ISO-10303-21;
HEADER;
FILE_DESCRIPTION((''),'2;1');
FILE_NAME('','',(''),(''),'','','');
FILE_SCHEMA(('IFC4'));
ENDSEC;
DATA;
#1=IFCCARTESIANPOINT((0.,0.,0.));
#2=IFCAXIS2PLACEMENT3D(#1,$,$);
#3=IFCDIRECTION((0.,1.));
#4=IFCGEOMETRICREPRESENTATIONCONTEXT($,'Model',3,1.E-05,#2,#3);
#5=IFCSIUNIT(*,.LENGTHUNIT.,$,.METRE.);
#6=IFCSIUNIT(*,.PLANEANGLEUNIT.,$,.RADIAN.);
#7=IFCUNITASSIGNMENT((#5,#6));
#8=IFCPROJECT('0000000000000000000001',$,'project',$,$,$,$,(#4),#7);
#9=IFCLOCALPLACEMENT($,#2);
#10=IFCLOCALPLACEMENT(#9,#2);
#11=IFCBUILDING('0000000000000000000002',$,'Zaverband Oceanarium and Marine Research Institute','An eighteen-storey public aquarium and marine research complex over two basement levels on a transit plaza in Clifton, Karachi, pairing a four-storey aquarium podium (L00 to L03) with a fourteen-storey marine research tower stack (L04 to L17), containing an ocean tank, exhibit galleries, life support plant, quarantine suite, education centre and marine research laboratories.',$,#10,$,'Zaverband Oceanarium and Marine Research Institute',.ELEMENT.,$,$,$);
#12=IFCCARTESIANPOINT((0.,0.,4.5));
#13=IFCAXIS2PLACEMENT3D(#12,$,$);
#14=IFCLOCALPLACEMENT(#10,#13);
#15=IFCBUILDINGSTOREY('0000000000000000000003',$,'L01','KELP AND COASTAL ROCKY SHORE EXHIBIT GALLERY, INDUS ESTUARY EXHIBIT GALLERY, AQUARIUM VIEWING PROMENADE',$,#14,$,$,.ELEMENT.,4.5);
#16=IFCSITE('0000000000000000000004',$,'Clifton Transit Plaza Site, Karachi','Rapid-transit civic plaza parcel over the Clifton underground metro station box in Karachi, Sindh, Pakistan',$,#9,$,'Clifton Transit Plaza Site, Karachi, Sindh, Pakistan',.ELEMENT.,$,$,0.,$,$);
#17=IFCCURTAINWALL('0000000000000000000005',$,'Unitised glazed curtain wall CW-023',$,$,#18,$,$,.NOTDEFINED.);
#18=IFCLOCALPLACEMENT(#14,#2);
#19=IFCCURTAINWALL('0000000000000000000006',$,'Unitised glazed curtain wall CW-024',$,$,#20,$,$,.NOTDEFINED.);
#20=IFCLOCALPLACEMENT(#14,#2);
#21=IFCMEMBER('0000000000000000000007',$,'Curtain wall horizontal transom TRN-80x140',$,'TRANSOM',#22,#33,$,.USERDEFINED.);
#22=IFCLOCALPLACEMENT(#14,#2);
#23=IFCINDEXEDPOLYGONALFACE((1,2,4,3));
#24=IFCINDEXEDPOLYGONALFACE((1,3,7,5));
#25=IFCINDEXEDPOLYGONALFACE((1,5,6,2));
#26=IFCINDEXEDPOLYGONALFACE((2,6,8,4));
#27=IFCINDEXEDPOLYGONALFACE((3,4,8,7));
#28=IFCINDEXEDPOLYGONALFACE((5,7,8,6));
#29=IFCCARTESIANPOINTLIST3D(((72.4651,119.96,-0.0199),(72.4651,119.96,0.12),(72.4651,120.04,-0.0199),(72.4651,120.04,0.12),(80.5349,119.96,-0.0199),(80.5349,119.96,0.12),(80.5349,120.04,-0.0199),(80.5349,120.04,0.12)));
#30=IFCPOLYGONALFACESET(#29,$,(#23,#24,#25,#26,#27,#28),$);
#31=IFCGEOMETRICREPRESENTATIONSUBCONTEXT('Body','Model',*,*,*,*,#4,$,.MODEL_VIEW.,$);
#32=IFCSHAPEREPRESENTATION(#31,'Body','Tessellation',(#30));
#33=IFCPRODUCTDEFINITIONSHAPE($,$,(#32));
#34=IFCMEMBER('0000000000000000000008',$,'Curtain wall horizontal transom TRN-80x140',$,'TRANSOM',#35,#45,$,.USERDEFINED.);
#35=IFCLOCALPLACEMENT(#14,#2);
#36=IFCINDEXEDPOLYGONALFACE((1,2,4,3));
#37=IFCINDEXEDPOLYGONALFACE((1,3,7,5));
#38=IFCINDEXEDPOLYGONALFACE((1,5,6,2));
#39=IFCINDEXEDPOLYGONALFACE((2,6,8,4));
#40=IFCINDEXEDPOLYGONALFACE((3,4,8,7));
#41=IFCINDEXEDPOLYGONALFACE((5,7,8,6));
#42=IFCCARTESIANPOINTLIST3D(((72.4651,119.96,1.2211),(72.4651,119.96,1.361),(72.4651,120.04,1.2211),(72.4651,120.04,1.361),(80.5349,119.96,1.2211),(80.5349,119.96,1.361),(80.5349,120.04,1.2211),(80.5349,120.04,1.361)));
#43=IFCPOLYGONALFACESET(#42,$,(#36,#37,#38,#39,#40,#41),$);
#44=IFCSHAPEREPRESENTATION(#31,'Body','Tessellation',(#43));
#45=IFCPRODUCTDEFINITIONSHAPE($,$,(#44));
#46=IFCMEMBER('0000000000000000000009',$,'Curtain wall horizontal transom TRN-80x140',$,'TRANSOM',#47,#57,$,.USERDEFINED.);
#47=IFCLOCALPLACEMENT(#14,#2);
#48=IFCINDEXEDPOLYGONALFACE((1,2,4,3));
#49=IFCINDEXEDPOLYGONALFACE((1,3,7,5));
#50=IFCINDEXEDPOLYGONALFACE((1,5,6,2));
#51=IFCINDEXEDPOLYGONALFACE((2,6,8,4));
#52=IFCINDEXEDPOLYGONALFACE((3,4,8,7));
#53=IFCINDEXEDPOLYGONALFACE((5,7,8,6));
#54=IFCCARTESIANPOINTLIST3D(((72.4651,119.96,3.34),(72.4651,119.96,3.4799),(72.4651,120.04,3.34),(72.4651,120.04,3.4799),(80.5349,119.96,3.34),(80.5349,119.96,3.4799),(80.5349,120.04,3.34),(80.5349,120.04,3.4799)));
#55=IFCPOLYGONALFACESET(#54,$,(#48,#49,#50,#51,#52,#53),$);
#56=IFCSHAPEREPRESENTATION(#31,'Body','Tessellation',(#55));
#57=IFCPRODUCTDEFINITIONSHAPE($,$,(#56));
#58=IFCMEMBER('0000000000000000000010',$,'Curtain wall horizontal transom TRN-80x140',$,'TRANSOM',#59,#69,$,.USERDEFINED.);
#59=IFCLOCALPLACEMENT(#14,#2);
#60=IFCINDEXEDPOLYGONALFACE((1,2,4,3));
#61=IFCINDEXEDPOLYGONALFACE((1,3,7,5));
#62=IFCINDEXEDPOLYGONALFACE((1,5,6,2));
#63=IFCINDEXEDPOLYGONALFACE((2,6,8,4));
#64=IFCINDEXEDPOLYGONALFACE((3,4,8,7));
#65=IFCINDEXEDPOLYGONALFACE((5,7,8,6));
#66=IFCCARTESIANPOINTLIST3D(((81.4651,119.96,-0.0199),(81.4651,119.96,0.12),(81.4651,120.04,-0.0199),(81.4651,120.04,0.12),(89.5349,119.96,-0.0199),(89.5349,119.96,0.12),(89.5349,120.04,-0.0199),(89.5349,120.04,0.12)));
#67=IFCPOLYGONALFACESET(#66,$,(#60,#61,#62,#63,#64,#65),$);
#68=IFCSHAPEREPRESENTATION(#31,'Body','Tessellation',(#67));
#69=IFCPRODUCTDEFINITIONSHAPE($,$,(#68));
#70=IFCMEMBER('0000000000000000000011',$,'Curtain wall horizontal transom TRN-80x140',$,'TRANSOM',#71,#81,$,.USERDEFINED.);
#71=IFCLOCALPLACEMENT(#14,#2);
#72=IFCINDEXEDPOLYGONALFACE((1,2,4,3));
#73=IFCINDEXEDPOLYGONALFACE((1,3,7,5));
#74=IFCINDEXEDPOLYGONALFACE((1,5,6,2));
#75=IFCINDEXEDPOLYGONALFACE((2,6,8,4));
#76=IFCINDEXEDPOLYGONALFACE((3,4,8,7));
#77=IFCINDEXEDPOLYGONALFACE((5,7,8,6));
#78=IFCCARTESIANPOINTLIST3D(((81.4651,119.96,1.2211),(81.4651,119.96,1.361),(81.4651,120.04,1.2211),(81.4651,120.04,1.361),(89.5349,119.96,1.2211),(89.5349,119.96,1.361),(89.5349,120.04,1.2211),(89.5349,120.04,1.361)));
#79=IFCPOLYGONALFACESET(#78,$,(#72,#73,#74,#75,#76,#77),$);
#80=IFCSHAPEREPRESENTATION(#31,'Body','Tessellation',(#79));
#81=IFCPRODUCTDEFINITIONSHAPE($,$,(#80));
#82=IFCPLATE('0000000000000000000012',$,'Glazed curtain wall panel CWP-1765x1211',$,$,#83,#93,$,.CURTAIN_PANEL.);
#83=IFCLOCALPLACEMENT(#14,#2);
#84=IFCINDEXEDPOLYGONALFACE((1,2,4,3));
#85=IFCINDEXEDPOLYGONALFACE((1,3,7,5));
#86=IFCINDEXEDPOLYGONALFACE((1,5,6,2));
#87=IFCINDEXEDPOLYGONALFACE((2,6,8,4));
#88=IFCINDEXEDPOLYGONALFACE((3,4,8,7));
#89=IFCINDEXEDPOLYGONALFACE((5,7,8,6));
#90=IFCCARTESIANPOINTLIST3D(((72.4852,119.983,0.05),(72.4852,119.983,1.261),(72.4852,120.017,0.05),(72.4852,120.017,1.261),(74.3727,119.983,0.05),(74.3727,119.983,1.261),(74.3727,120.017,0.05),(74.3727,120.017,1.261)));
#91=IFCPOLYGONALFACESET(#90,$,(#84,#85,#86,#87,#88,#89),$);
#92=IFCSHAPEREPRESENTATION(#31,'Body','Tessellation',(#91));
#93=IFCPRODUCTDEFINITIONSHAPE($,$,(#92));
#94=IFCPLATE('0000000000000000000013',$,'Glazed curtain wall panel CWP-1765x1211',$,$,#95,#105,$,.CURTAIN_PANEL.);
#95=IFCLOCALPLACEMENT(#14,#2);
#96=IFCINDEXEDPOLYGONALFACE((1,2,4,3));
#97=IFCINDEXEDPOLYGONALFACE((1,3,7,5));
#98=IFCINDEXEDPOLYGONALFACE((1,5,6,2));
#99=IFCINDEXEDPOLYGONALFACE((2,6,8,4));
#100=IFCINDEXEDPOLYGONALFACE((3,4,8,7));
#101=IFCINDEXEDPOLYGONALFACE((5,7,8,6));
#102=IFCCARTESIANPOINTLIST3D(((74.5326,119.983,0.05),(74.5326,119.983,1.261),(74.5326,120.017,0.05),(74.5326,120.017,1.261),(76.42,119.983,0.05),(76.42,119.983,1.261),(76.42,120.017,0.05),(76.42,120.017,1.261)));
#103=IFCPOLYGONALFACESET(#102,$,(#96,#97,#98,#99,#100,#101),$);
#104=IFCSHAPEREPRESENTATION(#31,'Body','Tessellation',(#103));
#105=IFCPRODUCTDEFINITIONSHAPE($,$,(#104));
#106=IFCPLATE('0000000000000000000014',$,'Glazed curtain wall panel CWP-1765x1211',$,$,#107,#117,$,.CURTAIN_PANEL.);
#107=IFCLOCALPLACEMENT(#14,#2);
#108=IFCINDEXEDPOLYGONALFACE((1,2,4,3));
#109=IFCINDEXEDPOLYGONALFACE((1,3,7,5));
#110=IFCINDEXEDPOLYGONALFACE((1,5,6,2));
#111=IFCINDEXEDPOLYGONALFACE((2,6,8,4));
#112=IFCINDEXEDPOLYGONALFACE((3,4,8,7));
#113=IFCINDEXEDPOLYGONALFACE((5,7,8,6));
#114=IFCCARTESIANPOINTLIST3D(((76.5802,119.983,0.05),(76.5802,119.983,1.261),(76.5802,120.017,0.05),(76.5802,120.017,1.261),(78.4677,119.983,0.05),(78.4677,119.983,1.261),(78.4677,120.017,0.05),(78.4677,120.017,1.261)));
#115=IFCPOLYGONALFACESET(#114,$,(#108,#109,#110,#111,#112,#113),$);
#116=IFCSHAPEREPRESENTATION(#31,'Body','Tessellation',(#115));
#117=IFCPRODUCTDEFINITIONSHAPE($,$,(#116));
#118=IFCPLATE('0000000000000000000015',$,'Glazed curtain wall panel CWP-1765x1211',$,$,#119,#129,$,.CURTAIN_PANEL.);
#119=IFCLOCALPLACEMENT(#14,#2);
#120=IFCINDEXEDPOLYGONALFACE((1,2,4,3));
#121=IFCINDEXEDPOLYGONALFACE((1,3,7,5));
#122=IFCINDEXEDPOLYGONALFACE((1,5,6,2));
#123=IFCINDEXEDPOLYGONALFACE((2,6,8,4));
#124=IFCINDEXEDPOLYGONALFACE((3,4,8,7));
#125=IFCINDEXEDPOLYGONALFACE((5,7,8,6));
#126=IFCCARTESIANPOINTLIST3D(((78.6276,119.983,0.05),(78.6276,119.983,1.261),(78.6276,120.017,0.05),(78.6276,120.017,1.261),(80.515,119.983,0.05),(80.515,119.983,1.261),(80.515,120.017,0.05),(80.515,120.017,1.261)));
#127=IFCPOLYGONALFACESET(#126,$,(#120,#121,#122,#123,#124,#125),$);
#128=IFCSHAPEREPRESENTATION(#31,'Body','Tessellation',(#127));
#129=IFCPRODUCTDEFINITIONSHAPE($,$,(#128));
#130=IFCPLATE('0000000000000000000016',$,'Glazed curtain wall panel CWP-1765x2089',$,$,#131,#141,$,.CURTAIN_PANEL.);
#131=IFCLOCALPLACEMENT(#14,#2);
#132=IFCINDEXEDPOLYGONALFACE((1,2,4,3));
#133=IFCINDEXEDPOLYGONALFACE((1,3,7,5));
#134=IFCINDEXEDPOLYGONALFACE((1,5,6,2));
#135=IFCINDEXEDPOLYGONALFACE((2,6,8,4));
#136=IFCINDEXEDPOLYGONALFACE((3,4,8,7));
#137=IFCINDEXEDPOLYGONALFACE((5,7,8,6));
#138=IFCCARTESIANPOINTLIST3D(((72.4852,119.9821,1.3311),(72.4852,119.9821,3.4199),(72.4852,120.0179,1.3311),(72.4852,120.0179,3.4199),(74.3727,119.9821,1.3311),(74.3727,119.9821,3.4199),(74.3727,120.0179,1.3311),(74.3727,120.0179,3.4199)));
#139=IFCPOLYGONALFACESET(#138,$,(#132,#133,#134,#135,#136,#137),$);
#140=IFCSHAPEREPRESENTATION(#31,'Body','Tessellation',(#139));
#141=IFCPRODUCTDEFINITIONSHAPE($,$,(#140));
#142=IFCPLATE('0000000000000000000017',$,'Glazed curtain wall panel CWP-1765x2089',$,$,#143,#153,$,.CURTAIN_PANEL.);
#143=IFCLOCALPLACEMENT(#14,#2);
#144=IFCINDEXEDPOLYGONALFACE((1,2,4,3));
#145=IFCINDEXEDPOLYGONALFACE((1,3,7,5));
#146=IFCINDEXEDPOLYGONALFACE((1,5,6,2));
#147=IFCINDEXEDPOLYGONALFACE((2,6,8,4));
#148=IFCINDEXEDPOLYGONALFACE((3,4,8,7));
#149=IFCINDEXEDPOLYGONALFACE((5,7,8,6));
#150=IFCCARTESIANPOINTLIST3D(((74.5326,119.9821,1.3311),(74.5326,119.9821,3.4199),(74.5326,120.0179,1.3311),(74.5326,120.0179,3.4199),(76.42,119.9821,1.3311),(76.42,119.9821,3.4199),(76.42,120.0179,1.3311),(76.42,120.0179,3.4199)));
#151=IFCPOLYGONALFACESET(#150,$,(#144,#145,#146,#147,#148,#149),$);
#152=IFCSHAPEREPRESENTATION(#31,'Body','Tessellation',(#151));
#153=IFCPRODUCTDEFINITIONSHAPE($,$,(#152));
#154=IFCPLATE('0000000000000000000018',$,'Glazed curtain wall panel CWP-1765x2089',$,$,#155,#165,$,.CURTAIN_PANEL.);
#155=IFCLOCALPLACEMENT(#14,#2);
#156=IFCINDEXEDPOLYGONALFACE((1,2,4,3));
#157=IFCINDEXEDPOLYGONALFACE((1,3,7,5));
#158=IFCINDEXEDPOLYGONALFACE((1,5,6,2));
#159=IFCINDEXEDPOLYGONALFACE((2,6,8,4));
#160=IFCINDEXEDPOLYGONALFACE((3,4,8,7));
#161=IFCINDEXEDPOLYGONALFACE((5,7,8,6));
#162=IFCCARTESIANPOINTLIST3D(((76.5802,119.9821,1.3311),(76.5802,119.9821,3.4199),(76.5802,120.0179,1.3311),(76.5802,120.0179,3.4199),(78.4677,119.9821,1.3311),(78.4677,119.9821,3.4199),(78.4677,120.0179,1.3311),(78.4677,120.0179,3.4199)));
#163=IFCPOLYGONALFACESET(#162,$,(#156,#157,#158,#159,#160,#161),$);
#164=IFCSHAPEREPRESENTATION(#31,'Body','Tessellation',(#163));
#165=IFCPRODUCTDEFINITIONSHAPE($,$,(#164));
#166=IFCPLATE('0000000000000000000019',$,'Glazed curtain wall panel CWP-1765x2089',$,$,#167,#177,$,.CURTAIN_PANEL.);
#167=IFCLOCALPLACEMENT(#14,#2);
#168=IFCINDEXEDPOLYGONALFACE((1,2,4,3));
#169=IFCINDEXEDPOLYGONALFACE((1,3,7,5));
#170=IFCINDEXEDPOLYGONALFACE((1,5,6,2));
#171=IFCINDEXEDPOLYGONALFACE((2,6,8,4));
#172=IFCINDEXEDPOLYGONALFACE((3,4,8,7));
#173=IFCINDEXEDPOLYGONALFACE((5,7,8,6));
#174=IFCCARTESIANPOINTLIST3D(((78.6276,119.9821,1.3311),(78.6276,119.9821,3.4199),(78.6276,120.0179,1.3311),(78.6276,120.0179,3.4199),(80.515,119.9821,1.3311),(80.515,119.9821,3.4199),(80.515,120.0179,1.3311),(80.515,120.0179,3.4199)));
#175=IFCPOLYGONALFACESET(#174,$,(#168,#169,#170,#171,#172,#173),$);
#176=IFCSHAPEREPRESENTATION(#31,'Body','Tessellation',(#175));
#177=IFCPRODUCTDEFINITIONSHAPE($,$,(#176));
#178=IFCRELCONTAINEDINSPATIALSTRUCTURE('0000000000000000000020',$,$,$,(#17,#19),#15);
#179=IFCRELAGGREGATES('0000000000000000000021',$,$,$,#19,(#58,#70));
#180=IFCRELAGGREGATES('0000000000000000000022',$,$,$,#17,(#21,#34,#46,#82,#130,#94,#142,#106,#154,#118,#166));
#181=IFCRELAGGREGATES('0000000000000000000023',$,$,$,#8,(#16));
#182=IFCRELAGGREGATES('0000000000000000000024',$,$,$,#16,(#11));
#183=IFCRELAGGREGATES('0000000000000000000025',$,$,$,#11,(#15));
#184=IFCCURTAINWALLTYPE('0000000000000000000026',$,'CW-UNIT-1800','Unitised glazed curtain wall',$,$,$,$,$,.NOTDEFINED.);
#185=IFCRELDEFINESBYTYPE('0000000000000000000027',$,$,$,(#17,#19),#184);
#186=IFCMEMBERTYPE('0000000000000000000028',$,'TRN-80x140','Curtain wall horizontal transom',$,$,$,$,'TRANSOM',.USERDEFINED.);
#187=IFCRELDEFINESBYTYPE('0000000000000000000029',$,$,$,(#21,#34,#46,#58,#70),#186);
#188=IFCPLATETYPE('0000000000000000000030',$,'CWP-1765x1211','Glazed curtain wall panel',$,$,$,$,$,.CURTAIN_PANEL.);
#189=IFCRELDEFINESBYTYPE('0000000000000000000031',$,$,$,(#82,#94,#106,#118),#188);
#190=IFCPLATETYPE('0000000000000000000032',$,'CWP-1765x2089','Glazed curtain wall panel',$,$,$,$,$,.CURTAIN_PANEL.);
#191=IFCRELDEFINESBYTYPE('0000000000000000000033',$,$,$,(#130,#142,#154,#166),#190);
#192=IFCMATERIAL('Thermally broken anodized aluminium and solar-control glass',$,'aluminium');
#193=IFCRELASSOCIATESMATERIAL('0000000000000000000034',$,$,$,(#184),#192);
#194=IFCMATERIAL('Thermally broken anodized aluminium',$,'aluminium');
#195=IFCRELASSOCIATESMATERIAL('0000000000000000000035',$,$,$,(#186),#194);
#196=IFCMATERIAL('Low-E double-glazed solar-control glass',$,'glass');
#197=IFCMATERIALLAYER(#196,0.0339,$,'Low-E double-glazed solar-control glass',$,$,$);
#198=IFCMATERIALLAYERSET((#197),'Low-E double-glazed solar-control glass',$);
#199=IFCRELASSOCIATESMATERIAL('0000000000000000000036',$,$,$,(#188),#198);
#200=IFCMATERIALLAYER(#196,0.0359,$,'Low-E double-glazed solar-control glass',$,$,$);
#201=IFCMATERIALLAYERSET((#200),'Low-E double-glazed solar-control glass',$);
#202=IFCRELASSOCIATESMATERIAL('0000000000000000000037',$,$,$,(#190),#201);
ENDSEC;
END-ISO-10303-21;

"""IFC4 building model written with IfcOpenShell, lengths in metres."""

from ifc_helpers import new_model, si_unit, direction, frame, frame_2d, origin, origin_2d, place, context, subcontext, project, spatial, rectangle, extrude, material, layer, layer_set, material_profile, profile_set, type_object, element, aggregate, save


model = new_model("IFC4")

# Units and contexts
model_context = context("Model", 3, precision=1e-05, world=origin(), true_north=direction((0.0, 1.0)))
body_context = subcontext(model_context, "Body", "Model", "MODEL_VIEW")
ifc_project = project(units=[si_unit("LENGTHUNIT", "METRE"), si_unit("PLANEANGLEUNIT", "RADIAN")], contexts=[model_context])

# Site, building, storey
site_placement = place(None, origin())
site = spatial("IfcSite", under=ifc_project, at=site_placement, Name="Clifton Transit Plaza Site, Karachi", Description="Rapid-transit civic plaza parcel over the Clifton underground metro station box in Karachi, Sindh, Pakistan", LongName="Clifton Transit Plaza Site, Karachi, Sindh, Pakistan", CompositionType="ELEMENT", RefElevation=0.0)
building_placement = place(site_placement, origin())
building = spatial("IfcBuilding", under=site, at=building_placement, Name="Zaverband Oceanarium and Marine Research Institute", Description="An eighteen-storey public aquarium and marine research complex over two basement levels on a transit plaza in Clifton, Karachi, pairing a four-storey aquarium podium (L00 to L03) with a fourteen-storey marine research tower stack (L04 to L17), containing an ocean tank, exhibit galleries, life support plant, quarantine suite, education centre and marine research laboratories.", LongName="Zaverband Oceanarium and Marine Research Institute", CompositionType="ELEMENT")
storey_placement = place(building_placement, frame((0.0, 0.0, 4.5)))
storey = spatial("IfcBuildingStorey", under=building, at=storey_placement, Name="L01", Description="KELP AND COASTAL ROCKY SHORE EXHIBIT GALLERY, INDUS ESTUARY EXHIBIT GALLERY, AQUARIUM VIEWING PROMENADE", CompositionType="ELEMENT", Elevation=4.5)

# Curtain wall
ifc_material_1 = material(Name="Thermally broken anodized aluminium and solar-control glass", Category="aluminium")
curtain_wall_type = type_object("IfcCurtainWallType", Name="CW-UNIT-1800", Description="Unitised glazed curtain wall", PredefinedType="NOTDEFINED", material=ifc_material_1)
curtain_wall_1_placement = place(storey_placement, origin())
curtain_wall_1 = element("IfcCurtainWall", 1, at=curtain_wall_1_placement, inside=storey, type_object=curtain_wall_type, Name="Unitised glazed curtain wall CW-023", PredefinedType="NOTDEFINED")
ifc_material_2 = material(Name="Thermally broken anodized aluminium", Category="aluminium")

# Curtain wall
curtain_wall_2_placement = place(storey_placement, origin())
curtain_wall_2 = element("IfcCurtainWall", 2, at=curtain_wall_2_placement, inside=storey, type_object=curtain_wall_type, Name="Unitised glazed curtain wall CW-024", PredefinedType="NOTDEFINED")

# Members
ifc_material_profile_1 = material_profile(ifc_material_2, rectangle(XDim=0.0801, YDim=0.1399, at=origin_2d()), Name="AL-TRN-80x140")
ifc_profile_set_1 = profile_set([ifc_material_profile_1], Name="Thermally broken anodized aluminium")
member_type_1 = type_object("IfcMemberType", Name="TRN-80x140", Description="Curtain wall horizontal transom", ElementType="TRANSOM", PredefinedType="USERDEFINED", material=ifc_profile_set_1)
member_1_placement = place(storey_placement, frame((72.4651, 120.0, 0.05), z_axis=(1.0, 0.0, 0.0), x_axis=(0.0, 1.0, 0.0)))
member_1 = element("IfcMember", 3, at=member_1_placement, type_object=member_type_1, Name="Curtain wall horizontal transom TRN-80x140", ObjectType="TRANSOM", PredefinedType="USERDEFINED", context=body_context, shape_type="SweptSolid", body=[
    extrude(rectangle(XDim=0.0801, YDim=0.1399, at=origin_2d()), origin(), (0.0, 0.0, 1.0), 8.0698),
])
member_2_placement = place(storey_placement, frame((72.4651, 120.0, 1.291), z_axis=(1.0, 0.0, 0.0), x_axis=(0.0, 1.0, 0.0)))
member_2 = element("IfcMember", 4, at=member_2_placement, type_object=member_type_1, Name="Curtain wall horizontal transom TRN-80x140", ObjectType="TRANSOM", PredefinedType="USERDEFINED", context=body_context, shape_type="SweptSolid", body=[
    extrude(rectangle(XDim=0.0801, YDim=0.1399, at=origin_2d()), origin(), (0.0, 0.0, 1.0), 8.0698),
])
member_3_placement = place(storey_placement, frame((72.4651, 120.0, 3.4099), z_axis=(1.0, 0.0, 0.0), x_axis=(0.0, 1.0, 0.0)))
member_3 = element("IfcMember", 5, at=member_3_placement, type_object=member_type_1, Name="Curtain wall horizontal transom TRN-80x140", ObjectType="TRANSOM", PredefinedType="USERDEFINED", context=body_context, shape_type="SweptSolid", body=[
    extrude(rectangle(XDim=0.0801, YDim=0.1399, at=origin_2d()), origin(), (0.0, 0.0, 1.0), 8.0698),
])
member_4_placement = place(storey_placement, frame((81.4651, 120.0, 0.05), z_axis=(1.0, 0.0, 0.0), x_axis=(0.0, 1.0, 0.0)))
member_4 = element("IfcMember", 6, at=member_4_placement, type_object=member_type_1, Name="Curtain wall horizontal transom TRN-80x140", ObjectType="TRANSOM", PredefinedType="USERDEFINED", context=body_context, shape_type="SweptSolid", body=[
    extrude(rectangle(XDim=0.0801, YDim=0.1399, at=origin_2d()), origin(), (0.0, 0.0, 1.0), 8.0698),
])
member_5_placement = place(storey_placement, frame((81.4651, 120.0, 1.291), z_axis=(1.0, 0.0, 0.0), x_axis=(0.0, 1.0, 0.0)))
member_5 = element("IfcMember", 7, at=member_5_placement, type_object=member_type_1, Name="Curtain wall horizontal transom TRN-80x140", ObjectType="TRANSOM", PredefinedType="USERDEFINED", context=body_context, shape_type="SweptSolid", body=[
    extrude(rectangle(XDim=0.0801, YDim=0.1399, at=origin_2d()), origin(), (0.0, 0.0, 1.0), 8.0698),
])
aggregate(curtain_wall_2, [member_4, member_5])

# Plates
ifc_material_3 = material(Name="Low-E double-glazed solar-control glass", Category="glass")
ifc_layer_1 = layer(ifc_material_3, 0.0339, Name="Low-E double-glazed solar-control glass")
ifc_layer_set_1 = layer_set([ifc_layer_1], Name="Low-E double-glazed solar-control glass")
plate_type_1 = type_object("IfcPlateType", Name="CWP-1765x1211", Description="Glazed curtain wall panel", PredefinedType="CURTAIN_PANEL", material=ifc_layer_set_1)
plate_1_placement = place(storey_placement, frame((72.4851, 120.0, 0.05), z_axis=(0.0, 0.0, 1.0), x_axis=(1.0, 0.0, 0.0)))
plate_1 = element("IfcPlate", 8, at=plate_1_placement, type_object=plate_type_1, Name="Glazed curtain wall panel CWP-1765x1211", PredefinedType="CURTAIN_PANEL", context=body_context, shape_type="SweptSolid", body=[
    extrude(rectangle(XDim=1.8875, YDim=0.0339, at=frame_2d((0.9438, 0.0))), origin(), (0.0, 0.0, 1.0), 1.2109),
])
plate_2_placement = place(storey_placement, frame((74.5325, 120.0, 0.05), z_axis=(0.0, 0.0, 1.0), x_axis=(1.0, 0.0, 0.0)))
plate_2 = element("IfcPlate", 9, at=plate_2_placement, type_object=plate_type_1, Name="Glazed curtain wall panel CWP-1765x1211", PredefinedType="CURTAIN_PANEL", context=body_context, shape_type="SweptSolid", body=[
    extrude(rectangle(XDim=1.8875, YDim=0.0339, at=frame_2d((0.9438, 0.0))), origin(), (0.0, 0.0, 1.0), 1.2109),
])
plate_3_placement = place(storey_placement, frame((76.5801, 120.0, 0.05), z_axis=(0.0, 0.0, 1.0), x_axis=(1.0, 0.0, 0.0)))
plate_3 = element("IfcPlate", 10, at=plate_3_placement, type_object=plate_type_1, Name="Glazed curtain wall panel CWP-1765x1211", PredefinedType="CURTAIN_PANEL", context=body_context, shape_type="SweptSolid", body=[
    extrude(rectangle(XDim=1.8875, YDim=0.0339, at=frame_2d((0.9438, 0.0))), origin(), (0.0, 0.0, 1.0), 1.2109),
])
plate_4_placement = place(storey_placement, frame((78.6274, 120.0, 0.05), z_axis=(0.0, 0.0, 1.0), x_axis=(1.0, 0.0, 0.0)))
plate_4 = element("IfcPlate", 11, at=plate_4_placement, type_object=plate_type_1, Name="Glazed curtain wall panel CWP-1765x1211", PredefinedType="CURTAIN_PANEL", context=body_context, shape_type="SweptSolid", body=[
    extrude(rectangle(XDim=1.8875, YDim=0.0339, at=frame_2d((0.9438, 0.0))), origin(), (0.0, 0.0, 1.0), 1.2109),
])
ifc_layer_2 = layer(ifc_material_3, 0.0359, Name="Low-E double-glazed solar-control glass")
ifc_layer_set_2 = layer_set([ifc_layer_2], Name="Low-E double-glazed solar-control glass")
plate_type_2 = type_object("IfcPlateType", Name="CWP-1765x2089", Description="Glazed curtain wall panel", PredefinedType="CURTAIN_PANEL", material=ifc_layer_set_2)
plate_5_placement = place(storey_placement, frame((72.4851, 120.0, 1.3311), z_axis=(0.0, 0.0, 1.0), x_axis=(1.0, 0.0, 0.0)))
plate_5 = element("IfcPlate", 12, at=plate_5_placement, type_object=plate_type_2, Name="Glazed curtain wall panel CWP-1765x2089", PredefinedType="CURTAIN_PANEL", context=body_context, shape_type="SweptSolid", body=[
    extrude(rectangle(XDim=1.8875, YDim=0.0359, at=frame_2d((0.9438, 0.0))), origin(), (0.0, 0.0, 1.0), 2.0889),
])
plate_6_placement = place(storey_placement, frame((74.5325, 120.0, 1.3311), z_axis=(0.0, 0.0, 1.0), x_axis=(1.0, 0.0, 0.0)))
plate_6 = element("IfcPlate", 13, at=plate_6_placement, type_object=plate_type_2, Name="Glazed curtain wall panel CWP-1765x2089", PredefinedType="CURTAIN_PANEL", context=body_context, shape_type="SweptSolid", body=[
    extrude(rectangle(XDim=1.8875, YDim=0.0359, at=frame_2d((0.9438, 0.0))), origin(), (0.0, 0.0, 1.0), 2.0889),
])
plate_7_placement = place(storey_placement, frame((76.5801, 120.0, 1.3311), z_axis=(0.0, 0.0, 1.0), x_axis=(1.0, 0.0, 0.0)))
plate_7 = element("IfcPlate", 14, at=plate_7_placement, type_object=plate_type_2, Name="Glazed curtain wall panel CWP-1765x2089", PredefinedType="CURTAIN_PANEL", context=body_context, shape_type="SweptSolid", body=[
    extrude(rectangle(XDim=1.8875, YDim=0.0359, at=frame_2d((0.9438, 0.0))), origin(), (0.0, 0.0, 1.0), 2.0889),
])
plate_8_placement = place(storey_placement, frame((78.6274, 120.0, 1.3311), z_axis=(0.0, 0.0, 1.0), x_axis=(1.0, 0.0, 0.0)))
plate_8 = element("IfcPlate", 15, at=plate_8_placement, type_object=plate_type_2, Name="Glazed curtain wall panel CWP-1765x2089", PredefinedType="CURTAIN_PANEL", context=body_context, shape_type="SweptSolid", body=[
    extrude(rectangle(XDim=1.8875, YDim=0.0359, at=frame_2d((0.9438, 0.0))), origin(), (0.0, 0.0, 1.0), 2.0889),
])
aggregate(curtain_wall_1, [member_1, member_2, member_3, plate_1, plate_5, plate_2, plate_6, plate_3, plate_7, plate_4, plate_8])

save(model, "model.ifc")
